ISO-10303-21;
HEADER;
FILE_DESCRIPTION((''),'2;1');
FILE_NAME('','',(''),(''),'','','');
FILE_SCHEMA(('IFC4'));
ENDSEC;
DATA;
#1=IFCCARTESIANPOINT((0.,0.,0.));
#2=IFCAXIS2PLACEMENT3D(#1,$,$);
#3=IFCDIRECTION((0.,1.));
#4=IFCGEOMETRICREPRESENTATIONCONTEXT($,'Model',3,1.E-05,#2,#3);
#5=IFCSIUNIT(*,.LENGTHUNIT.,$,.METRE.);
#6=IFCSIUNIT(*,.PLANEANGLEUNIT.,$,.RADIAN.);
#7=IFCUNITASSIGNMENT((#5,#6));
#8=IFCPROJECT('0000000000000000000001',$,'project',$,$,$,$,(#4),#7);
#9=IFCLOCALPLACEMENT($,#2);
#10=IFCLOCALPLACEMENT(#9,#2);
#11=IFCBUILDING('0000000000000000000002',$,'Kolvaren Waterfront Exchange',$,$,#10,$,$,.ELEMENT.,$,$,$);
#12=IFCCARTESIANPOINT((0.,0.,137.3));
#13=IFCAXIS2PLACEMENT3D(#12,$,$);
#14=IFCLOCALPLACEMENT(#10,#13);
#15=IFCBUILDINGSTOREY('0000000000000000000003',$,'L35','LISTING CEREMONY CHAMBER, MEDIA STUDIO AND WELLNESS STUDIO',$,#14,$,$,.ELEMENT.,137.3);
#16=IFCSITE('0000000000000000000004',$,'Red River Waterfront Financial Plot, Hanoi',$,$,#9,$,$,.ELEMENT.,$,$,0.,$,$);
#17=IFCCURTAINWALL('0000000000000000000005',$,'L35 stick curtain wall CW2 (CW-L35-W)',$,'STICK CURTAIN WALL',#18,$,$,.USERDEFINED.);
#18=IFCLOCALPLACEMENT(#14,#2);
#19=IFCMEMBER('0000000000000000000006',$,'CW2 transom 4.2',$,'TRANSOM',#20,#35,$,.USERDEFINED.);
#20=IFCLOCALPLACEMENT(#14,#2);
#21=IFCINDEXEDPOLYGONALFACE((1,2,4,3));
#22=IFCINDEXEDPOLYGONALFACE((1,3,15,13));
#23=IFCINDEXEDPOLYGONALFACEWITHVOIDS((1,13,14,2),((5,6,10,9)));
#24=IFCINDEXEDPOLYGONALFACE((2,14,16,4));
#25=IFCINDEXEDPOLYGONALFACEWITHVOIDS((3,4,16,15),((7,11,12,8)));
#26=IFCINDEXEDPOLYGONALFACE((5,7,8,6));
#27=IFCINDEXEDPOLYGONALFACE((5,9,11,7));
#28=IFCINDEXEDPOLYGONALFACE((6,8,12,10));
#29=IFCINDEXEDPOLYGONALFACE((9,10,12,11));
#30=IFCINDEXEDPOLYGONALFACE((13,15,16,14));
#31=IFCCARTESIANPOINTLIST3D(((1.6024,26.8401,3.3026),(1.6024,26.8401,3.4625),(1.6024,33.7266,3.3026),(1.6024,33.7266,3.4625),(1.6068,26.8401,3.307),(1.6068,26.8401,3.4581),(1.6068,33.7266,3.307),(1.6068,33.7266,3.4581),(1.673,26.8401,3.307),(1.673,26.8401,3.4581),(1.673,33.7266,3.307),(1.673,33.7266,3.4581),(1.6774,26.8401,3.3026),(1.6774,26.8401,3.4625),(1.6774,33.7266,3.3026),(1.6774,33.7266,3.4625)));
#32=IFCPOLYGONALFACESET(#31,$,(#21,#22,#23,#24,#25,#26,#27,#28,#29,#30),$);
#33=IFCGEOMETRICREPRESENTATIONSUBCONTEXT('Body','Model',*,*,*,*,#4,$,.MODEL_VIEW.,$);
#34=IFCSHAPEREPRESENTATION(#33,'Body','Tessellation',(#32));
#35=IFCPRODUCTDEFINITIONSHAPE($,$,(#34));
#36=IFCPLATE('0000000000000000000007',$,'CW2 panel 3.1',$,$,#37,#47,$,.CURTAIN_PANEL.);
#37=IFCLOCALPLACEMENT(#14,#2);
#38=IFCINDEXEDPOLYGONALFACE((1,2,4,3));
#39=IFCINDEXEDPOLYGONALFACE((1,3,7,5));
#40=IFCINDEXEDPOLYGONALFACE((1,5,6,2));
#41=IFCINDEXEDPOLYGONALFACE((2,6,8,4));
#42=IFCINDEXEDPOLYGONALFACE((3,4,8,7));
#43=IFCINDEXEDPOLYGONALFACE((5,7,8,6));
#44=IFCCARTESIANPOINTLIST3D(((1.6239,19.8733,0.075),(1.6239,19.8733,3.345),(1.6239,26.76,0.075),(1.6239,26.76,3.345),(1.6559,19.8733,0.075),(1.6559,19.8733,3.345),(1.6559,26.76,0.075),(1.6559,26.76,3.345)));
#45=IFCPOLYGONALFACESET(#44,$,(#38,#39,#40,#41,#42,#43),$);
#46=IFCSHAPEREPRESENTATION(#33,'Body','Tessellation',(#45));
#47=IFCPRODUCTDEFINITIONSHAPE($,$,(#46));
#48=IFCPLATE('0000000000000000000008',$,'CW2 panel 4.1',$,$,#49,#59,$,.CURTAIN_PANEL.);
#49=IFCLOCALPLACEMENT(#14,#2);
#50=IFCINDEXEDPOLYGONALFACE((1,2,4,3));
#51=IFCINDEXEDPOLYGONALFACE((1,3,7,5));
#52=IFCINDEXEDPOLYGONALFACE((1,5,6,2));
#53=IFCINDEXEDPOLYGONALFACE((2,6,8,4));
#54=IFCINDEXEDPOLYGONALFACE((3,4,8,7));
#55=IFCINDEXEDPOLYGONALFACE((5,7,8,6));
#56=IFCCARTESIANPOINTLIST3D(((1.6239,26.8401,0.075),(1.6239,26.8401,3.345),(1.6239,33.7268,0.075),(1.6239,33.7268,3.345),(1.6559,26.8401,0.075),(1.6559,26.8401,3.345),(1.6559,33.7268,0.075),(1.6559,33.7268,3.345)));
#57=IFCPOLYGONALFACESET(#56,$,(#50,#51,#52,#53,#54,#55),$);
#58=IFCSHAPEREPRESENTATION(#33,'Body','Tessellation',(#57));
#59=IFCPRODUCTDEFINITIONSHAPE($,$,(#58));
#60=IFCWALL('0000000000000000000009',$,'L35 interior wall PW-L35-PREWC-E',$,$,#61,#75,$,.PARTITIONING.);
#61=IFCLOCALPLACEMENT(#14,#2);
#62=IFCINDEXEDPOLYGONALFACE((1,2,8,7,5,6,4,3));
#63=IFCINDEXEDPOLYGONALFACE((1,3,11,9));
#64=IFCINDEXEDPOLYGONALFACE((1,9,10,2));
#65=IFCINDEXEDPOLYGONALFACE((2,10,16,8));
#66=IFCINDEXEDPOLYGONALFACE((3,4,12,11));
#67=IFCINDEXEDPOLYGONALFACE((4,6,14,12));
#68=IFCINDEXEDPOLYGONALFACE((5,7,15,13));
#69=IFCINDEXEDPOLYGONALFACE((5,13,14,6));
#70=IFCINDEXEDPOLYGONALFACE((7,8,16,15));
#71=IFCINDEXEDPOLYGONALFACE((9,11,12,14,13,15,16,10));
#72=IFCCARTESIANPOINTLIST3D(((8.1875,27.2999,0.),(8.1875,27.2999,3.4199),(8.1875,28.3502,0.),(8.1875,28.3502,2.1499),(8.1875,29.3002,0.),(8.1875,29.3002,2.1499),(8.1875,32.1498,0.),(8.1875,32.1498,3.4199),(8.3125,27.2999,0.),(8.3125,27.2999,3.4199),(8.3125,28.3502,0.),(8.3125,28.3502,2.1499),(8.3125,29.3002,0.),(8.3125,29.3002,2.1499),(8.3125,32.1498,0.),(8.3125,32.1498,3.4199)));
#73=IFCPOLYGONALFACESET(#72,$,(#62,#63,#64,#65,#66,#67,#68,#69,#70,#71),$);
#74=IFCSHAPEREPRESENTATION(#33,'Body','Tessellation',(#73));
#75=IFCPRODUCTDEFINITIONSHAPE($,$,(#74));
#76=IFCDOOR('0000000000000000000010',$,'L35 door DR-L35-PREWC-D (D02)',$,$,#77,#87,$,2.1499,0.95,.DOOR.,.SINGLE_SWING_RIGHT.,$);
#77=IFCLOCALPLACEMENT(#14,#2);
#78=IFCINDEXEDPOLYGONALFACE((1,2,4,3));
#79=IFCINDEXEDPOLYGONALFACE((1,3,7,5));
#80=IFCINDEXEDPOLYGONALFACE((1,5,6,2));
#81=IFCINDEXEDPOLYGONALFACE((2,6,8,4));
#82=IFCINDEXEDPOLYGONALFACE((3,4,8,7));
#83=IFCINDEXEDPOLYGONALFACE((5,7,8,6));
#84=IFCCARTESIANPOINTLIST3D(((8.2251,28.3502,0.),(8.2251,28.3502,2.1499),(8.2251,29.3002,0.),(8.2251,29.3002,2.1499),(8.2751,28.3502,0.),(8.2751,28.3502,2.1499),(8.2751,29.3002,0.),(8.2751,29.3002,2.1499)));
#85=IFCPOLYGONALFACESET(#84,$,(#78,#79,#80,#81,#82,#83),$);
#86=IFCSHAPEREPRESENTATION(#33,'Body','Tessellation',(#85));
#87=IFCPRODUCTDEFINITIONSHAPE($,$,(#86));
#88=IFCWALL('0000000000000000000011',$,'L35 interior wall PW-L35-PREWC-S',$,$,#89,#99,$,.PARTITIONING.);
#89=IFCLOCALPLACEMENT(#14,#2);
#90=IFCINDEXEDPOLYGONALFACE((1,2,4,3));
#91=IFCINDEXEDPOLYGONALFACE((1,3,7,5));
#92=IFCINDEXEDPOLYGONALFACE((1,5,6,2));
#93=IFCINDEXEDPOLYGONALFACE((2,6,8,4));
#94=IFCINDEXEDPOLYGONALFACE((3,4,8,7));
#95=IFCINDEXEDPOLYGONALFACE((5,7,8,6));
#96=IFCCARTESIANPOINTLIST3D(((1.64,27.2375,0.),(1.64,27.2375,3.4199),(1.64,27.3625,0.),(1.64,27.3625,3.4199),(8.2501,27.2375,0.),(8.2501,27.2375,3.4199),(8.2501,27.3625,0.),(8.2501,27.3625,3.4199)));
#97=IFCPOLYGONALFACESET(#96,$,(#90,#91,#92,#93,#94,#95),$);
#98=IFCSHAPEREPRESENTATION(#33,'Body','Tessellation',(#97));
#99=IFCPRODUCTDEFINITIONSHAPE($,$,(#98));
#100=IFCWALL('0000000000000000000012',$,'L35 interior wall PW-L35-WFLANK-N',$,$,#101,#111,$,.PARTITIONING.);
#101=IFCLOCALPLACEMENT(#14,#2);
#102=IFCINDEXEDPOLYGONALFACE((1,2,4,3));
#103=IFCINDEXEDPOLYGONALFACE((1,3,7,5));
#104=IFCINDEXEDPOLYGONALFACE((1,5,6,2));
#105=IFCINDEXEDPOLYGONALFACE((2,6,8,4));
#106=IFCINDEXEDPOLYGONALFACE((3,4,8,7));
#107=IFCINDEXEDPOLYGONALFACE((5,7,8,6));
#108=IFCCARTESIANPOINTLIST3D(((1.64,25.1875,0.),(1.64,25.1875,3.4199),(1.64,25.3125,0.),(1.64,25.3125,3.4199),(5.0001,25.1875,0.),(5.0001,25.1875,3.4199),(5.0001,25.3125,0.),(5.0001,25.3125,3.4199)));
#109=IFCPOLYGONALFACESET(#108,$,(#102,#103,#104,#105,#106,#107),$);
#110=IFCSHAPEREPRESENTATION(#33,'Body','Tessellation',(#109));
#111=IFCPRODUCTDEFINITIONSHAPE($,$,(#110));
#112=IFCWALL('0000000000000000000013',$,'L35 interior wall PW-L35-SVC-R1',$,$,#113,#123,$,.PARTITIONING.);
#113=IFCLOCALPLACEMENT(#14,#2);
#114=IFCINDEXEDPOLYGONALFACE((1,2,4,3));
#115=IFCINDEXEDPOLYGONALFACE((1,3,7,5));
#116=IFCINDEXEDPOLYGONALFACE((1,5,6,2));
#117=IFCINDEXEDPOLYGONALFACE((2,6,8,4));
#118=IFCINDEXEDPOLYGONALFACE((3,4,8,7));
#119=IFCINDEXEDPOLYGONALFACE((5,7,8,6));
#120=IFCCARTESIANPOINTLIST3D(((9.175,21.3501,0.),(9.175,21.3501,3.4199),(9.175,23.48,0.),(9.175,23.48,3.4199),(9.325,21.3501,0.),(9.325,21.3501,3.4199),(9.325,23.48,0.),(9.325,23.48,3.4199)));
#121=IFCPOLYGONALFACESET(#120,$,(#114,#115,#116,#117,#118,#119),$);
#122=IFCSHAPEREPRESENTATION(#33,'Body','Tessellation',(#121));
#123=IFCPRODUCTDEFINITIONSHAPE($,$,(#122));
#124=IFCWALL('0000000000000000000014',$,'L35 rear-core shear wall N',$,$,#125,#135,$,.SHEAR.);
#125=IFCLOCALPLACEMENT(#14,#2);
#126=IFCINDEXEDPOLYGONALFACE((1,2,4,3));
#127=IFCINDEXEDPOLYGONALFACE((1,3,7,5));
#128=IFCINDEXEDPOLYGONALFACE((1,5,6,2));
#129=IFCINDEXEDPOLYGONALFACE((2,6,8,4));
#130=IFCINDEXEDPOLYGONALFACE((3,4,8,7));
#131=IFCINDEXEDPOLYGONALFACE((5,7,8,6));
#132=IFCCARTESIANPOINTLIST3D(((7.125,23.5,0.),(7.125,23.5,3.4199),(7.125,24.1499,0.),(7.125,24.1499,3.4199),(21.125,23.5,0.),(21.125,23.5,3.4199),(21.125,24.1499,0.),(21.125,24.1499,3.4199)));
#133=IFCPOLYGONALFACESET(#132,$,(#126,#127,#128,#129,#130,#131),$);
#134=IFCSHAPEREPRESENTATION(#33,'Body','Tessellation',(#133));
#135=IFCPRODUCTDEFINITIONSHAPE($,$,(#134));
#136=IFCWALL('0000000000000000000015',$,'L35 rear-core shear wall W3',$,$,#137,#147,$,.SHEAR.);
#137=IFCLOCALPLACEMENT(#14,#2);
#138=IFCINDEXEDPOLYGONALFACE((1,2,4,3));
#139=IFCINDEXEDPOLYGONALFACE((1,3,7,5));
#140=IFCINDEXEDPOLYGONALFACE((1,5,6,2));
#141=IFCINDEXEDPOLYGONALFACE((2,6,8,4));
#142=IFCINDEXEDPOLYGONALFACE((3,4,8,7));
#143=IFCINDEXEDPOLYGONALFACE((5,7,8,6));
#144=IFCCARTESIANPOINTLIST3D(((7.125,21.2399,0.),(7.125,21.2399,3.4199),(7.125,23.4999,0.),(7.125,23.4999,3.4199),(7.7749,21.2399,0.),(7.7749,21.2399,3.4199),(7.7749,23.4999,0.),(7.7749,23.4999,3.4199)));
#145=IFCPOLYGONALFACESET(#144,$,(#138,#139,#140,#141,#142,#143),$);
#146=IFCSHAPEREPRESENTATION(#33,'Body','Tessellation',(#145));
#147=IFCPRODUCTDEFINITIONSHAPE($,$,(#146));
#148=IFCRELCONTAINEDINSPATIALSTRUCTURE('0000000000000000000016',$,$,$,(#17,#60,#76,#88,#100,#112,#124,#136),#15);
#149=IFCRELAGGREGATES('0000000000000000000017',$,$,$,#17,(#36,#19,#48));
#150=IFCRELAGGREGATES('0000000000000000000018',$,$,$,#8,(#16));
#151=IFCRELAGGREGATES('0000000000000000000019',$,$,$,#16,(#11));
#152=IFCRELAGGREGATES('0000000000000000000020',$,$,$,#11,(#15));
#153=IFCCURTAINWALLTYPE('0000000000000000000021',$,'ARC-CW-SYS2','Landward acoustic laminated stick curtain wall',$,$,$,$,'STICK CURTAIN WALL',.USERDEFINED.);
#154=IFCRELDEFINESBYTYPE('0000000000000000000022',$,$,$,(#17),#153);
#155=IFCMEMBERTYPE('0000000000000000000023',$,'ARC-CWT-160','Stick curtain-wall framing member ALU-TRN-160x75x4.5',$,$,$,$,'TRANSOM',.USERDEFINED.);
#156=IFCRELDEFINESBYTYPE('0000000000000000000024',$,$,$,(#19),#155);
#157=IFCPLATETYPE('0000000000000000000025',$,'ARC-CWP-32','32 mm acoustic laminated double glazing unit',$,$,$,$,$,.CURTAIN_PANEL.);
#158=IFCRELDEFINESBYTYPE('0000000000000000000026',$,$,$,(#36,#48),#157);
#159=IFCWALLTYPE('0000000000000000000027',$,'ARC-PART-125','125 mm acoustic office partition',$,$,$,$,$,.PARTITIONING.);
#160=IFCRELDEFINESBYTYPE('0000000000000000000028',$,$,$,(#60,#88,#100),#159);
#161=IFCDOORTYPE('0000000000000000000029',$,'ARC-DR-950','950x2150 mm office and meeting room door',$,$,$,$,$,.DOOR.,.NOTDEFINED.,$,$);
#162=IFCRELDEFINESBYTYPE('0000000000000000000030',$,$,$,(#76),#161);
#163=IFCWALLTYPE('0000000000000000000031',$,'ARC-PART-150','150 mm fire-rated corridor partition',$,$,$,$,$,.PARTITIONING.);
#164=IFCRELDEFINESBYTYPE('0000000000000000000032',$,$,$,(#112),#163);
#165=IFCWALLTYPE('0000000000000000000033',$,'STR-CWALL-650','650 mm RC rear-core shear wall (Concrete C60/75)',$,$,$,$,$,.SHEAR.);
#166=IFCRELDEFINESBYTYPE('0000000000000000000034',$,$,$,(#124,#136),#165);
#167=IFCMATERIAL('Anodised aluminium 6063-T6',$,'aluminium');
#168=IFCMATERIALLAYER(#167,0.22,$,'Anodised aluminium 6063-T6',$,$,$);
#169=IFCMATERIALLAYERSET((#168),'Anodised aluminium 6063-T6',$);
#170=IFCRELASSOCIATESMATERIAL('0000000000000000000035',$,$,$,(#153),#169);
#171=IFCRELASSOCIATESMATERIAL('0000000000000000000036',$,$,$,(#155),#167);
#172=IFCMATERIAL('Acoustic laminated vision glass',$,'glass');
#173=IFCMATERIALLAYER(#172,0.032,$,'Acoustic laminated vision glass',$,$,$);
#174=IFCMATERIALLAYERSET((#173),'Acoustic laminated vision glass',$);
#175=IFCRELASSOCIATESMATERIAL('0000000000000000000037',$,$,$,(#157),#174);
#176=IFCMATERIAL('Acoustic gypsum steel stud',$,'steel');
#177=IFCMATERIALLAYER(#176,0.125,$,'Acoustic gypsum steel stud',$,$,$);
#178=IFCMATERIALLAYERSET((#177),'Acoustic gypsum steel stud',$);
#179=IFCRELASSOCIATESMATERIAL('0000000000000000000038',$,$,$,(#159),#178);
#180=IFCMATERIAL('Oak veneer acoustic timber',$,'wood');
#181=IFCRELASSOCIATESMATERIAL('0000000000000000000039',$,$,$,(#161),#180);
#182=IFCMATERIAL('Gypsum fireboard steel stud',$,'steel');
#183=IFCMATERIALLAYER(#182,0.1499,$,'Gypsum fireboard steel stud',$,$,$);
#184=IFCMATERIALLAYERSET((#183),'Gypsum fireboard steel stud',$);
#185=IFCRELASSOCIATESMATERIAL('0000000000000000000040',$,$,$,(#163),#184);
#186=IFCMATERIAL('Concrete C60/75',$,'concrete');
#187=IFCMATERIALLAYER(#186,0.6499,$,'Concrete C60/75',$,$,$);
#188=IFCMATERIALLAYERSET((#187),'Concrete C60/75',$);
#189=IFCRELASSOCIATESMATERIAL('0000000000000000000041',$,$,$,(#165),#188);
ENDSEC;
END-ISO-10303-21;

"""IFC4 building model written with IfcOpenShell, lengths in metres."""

from ifc_helpers import new_model, si_unit, direction, frame, frame_2d, origin, origin_with_axes, origin_2d, place, context, subcontext, project, spatial, rectangle, hollow_rectangle, extrude, source, transform, mapped, material, layer, layer_set, material_profile, profile_set, type_object, element, fill, aggregate, save


model = new_model("IFC4")

# Units and contexts
model_context = context("Model", 3, precision=1e-05, world=origin(), true_north=direction((0.0, 1.0)))
body_context = subcontext(model_context, "Body", "Model", "MODEL_VIEW")
ifc_project = project(units=[si_unit("LENGTHUNIT", "METRE"), si_unit("PLANEANGLEUNIT", "RADIAN")], contexts=[model_context])

# Site, building, storey
site_placement = place(None, origin())
site = spatial("IfcSite", under=ifc_project, at=site_placement, Name="Red River Waterfront Financial Plot, Hanoi", CompositionType="ELEMENT", RefElevation=0.0)
building_placement = place(site_placement, origin())
building = spatial("IfcBuilding", under=site, at=building_placement, Name="Kolvaren Waterfront Exchange", CompositionType="ELEMENT")
storey_placement = place(building_placement, frame((0.0, 0.0, 137.3)))
storey = spatial("IfcBuildingStorey", under=building, at=storey_placement, Name="L35", Description="LISTING CEREMONY CHAMBER, MEDIA STUDIO AND WELLNESS STUDIO", CompositionType="ELEMENT", Elevation=137.3)

# Shared definitions
ifc_material_1 = material(Name="Concrete C60/75", Category="concrete")

# Curtain wall, member, plates
ifc_material_2 = material(Name="Anodised aluminium 6063-T6", Category="aluminium")
ifc_layer_1 = layer(ifc_material_2, 0.22, Name="Anodised aluminium 6063-T6")
ifc_layer_set_1 = layer_set([ifc_layer_1], Name="Anodised aluminium 6063-T6")
curtain_wall_type = type_object("IfcCurtainWallType", Name="ARC-CW-SYS2", Description="Landward acoustic laminated stick curtain wall", ElementType="STICK CURTAIN WALL", PredefinedType="USERDEFINED", material=ifc_layer_set_1)
curtain_wall_placement = place(storey_placement, origin())
curtain_wall = element("IfcCurtainWall", 1, at=curtain_wall_placement, inside=storey, type_object=curtain_wall_type, Name="L35 stick curtain wall CW2 (CW-L35-W)", ObjectType="STICK CURTAIN WALL", PredefinedType="USERDEFINED")
ifc_material_profile_1 = material_profile(ifc_material_2, hollow_rectangle(XDim=0.075, YDim=0.1599, WallThickness=0.0044, at=origin_2d()), Name="ALU-TRN-160x75x4.5")
ifc_profile_set_1 = profile_set([ifc_material_profile_1], Name="Anodised aluminium 6063-T6")
member_type_1 = type_object("IfcMemberType", Name="ARC-CWT-160", Description="Stick curtain-wall framing member ALU-TRN-160x75x4.5", ElementType="TRANSOM", PredefinedType="USERDEFINED", material=ifc_profile_set_1)
shared_shape_1 = source(origin_with_axes(), body_context, "Body", "SweptSolid", [
    extrude(hollow_rectangle(XDim=0.075, YDim=0.1599, WallThickness=0.0044, at=origin_2d()), origin(), (0.0, 0.0, 1.0), 6.8865),
])
member_1_placement = place(storey_placement, frame((1.6399, 26.8401, 3.3826), z_axis=(0.0, 1.0, 0.0), x_axis=(-1.0, 0.0, 0.0)))
member_1 = element("IfcMember", 2, at=member_1_placement, type_object=member_type_1, Name="CW2 transom 4.2", ObjectType="TRANSOM", PredefinedType="USERDEFINED", context=body_context, shape_type="MappedRepresentation", body=[
    mapped(shared_shape_1, transform((0.0, 0.0, 0.0), x_axis=(1.0, 0.0, 0.0), y_axis=(0.0, 1.0, 0.0), z_axis=(0.0, 0.0, 1.0), scale=1.0)),
])
ifc_material_3 = material(Name="Acoustic laminated vision glass", Category="glass")
ifc_layer_2 = layer(ifc_material_3, 0.032, Name="Acoustic laminated vision glass")
ifc_layer_set_2 = layer_set([ifc_layer_2], Name="Acoustic laminated vision glass")
plate_type = type_object("IfcPlateType", Name="ARC-CWP-32", Description="32 mm acoustic laminated double glazing unit", PredefinedType="CURTAIN_PANEL", material=ifc_layer_set_2)
shared_shape_2 = source(origin_with_axes(), body_context, "Body", "SweptSolid", [
    extrude(rectangle(XDim=6.8867, YDim=0.032, at=origin_2d()), origin(), (0.0, 0.0, 1.0), 3.27),
])
plate_1_placement = place(storey_placement, frame((1.6399, 23.3167, 0.075), z_axis=(0.0, 0.0, 1.0), x_axis=(0.0, 1.0, 0.0)))
plate_1 = element("IfcPlate", 3, at=plate_1_placement, type_object=plate_type, Name="CW2 panel 3.1", PredefinedType="CURTAIN_PANEL", context=body_context, shape_type="MappedRepresentation", body=[
    mapped(shared_shape_2, transform((0.0, 0.0, 0.0), x_axis=(1.0, 0.0, 0.0), y_axis=(0.0, 1.0, 0.0), z_axis=(0.0, 0.0, 1.0), scale=1.0)),
])
plate_2_placement = place(storey_placement, frame((1.6399, 30.2834, 0.075), z_axis=(0.0, 0.0, 1.0), x_axis=(0.0, 1.0, 0.0)))
plate_2 = element("IfcPlate", 4, at=plate_2_placement, type_object=plate_type, Name="CW2 panel 4.1", PredefinedType="CURTAIN_PANEL", context=body_context, shape_type="MappedRepresentation", body=[
    mapped(shared_shape_2, transform((0.0, 0.0, 0.0), x_axis=(1.0, 0.0, 0.0), y_axis=(0.0, 1.0, 0.0), z_axis=(0.0, 0.0, 1.0), scale=1.0)),
])
aggregate(curtain_wall, [plate_1, member_1, plate_2])

# Wall, opening, door
ifc_material_4 = material(Name="Acoustic gypsum steel stud", Category="steel")
ifc_layer_3 = layer(ifc_material_4, 0.125, Name="Acoustic gypsum steel stud")
ifc_layer_set_3 = layer_set([ifc_layer_3], Name="Acoustic gypsum steel stud")
wall_type_1 = type_object("IfcWallType", Name="ARC-PART-125", Description="125 mm acoustic office partition", PredefinedType="PARTITIONING", material=ifc_layer_set_3)
wall_1_placement = place(storey_placement, frame((8.25, 27.3, 0.0), z_axis=(0.0, 0.0, 1.0), x_axis=(0.0, 1.0, 0.0)))
wall_1 = element("IfcWall", 5, at=wall_1_placement, inside=storey, type_object=wall_type_1, Name="L35 interior wall PW-L35-PREWC-E", PredefinedType="PARTITIONING", context=body_context, shape_type="SweptSolid", body=[
    extrude(rectangle(XDim=4.8499, YDim=0.125, at=frame_2d((2.4248, 0.0))), origin(), (0.0, 0.0, 1.0), 3.4199),
])
opening_1_placement = place(wall_1_placement, frame((1.05, 0.0, 0.0)))
opening_1 = element("IfcOpeningElement", 6, at=opening_1_placement, cuts=wall_1, PredefinedType="OPENING", context=body_context, shape_type="SweptSolid", body=[
    extrude(rectangle(XDim=0.95, YDim=2.1499, at=frame_2d((0.4751, 1.075))), frame((0.0, 0.0725, 0.0), z_axis=(0.0, -1.0, 0.0), x_axis=(1.0, 0.0, 0.0)), (0.0, 0.0, 1.0), 0.145),
])
ifc_material_5 = material(Name="Oak veneer acoustic timber", Category="wood")
door_type_1 = type_object("IfcDoorType", Name="ARC-DR-950", Description="950x2150 mm office and meeting room door", OperationType="NOTDEFINED", PredefinedType="DOOR", material=ifc_material_5)
door_1_placement = place(opening_1_placement, origin())
door_1 = element("IfcDoor", 7, at=door_1_placement, inside=storey, type_object=door_type_1, Name="L35 door DR-L35-PREWC-D (D02)", OperationType="SINGLE_SWING_RIGHT", OverallHeight=2.1499, OverallWidth=0.95, PredefinedType="DOOR", context=body_context, shape_type="SweptSolid", body=[
    extrude(rectangle(XDim=0.95, YDim=2.1499, at=frame_2d((0.4751, 1.075))), frame((0.0, 0.0249, 0.0), z_axis=(0.0, -1.0, 0.0), x_axis=(1.0, 0.0, 0.0)), (0.0, 0.0, 1.0), 0.05),
])
fill(opening_1, door_1)

# Walls
wall_2_placement = place(storey_placement, frame((1.6399, 27.3, 0.0), z_axis=(0.0, 0.0, 1.0), x_axis=(1.0, 0.0, 0.0)))
element("IfcWall", 8, at=wall_2_placement, inside=storey, type_object=wall_type_1, Name="L35 interior wall PW-L35-PREWC-S", PredefinedType="PARTITIONING", context=body_context, shape_type="SweptSolid", body=[
    extrude(rectangle(XDim=6.6101, YDim=0.125, at=frame_2d((3.3052, 0.0))), origin(), (0.0, 0.0, 1.0), 3.4199),
])
wall_3_placement = place(storey_placement, frame((1.6399, 25.25, 0.0), z_axis=(0.0, 0.0, 1.0), x_axis=(1.0, 0.0, 0.0)))
element("IfcWall", 9, at=wall_3_placement, inside=storey, type_object=wall_type_1, Name="L35 interior wall PW-L35-WFLANK-N", PredefinedType="PARTITIONING", context=body_context, shape_type="SweptSolid", body=[
    extrude(rectangle(XDim=3.3601, YDim=0.125, at=frame_2d((1.6802, 0.0))), origin(), (0.0, 0.0, 1.0), 3.4199),
])
ifc_material_6 = material(Name="Gypsum fireboard steel stud", Category="steel")
ifc_layer_4 = layer(ifc_material_6, 0.1499, Name="Gypsum fireboard steel stud")
ifc_layer_set_4 = layer_set([ifc_layer_4], Name="Gypsum fireboard steel stud")
wall_type_2 = type_object("IfcWallType", Name="ARC-PART-150", Description="150 mm fire-rated corridor partition", PredefinedType="PARTITIONING", material=ifc_layer_set_4)
wall_4_placement = place(storey_placement, frame((9.25, 21.3501, 0.0), z_axis=(0.0, 0.0, 1.0), x_axis=(0.0, 1.0, 0.0)))
element("IfcWall", 10, at=wall_4_placement, inside=storey, type_object=wall_type_2, Name="L35 interior wall PW-L35-SVC-R1", PredefinedType="PARTITIONING", context=body_context, shape_type="SweptSolid", body=[
    extrude(rectangle(XDim=2.1299, YDim=0.1499, at=frame_2d((1.0649, 0.0))), origin(), (0.0, 0.0, 1.0), 3.4199),
])

# Walls
ifc_layer_5 = layer(ifc_material_1, 0.6499, Name="Concrete C60/75")
ifc_layer_set_5 = layer_set([ifc_layer_5], Name="Concrete C60/75")
wall_type_3 = type_object("IfcWallType", Name="STR-CWALL-650", Description="650 mm RC rear-core shear wall (Concrete C60/75)", PredefinedType="SHEAR", material=ifc_layer_set_5)
wall_5_placement = place(storey_placement, frame((7.125, 23.825, 0.0), z_axis=(0.0, 0.0, 1.0), x_axis=(1.0, 0.0, 0.0)))
element("IfcWall", 11, at=wall_5_placement, inside=storey, type_object=wall_type_3, Name="L35 rear-core shear wall N", PredefinedType="SHEAR", context=body_context, shape_type="SweptSolid", body=[
    extrude(rectangle(XDim=14.0, YDim=0.6499, at=frame_2d((7.0, 0.0))), origin(), (0.0, 0.0, 1.0), 3.4199),
])
wall_6_placement = place(storey_placement, frame((7.45, 21.24, 0.0), z_axis=(0.0, 0.0, 1.0), x_axis=(0.0, 1.0, 0.0)))
element("IfcWall", 12, at=wall_6_placement, inside=storey, type_object=wall_type_3, Name="L35 rear-core shear wall W3", PredefinedType="SHEAR", context=body_context, shape_type="SweptSolid", body=[
    extrude(rectangle(XDim=2.26, YDim=0.6499, at=frame_2d((1.1299, 0.0))), origin(), (0.0, 0.0, 1.0), 3.4199),
])

save(model, "model.ifc")
